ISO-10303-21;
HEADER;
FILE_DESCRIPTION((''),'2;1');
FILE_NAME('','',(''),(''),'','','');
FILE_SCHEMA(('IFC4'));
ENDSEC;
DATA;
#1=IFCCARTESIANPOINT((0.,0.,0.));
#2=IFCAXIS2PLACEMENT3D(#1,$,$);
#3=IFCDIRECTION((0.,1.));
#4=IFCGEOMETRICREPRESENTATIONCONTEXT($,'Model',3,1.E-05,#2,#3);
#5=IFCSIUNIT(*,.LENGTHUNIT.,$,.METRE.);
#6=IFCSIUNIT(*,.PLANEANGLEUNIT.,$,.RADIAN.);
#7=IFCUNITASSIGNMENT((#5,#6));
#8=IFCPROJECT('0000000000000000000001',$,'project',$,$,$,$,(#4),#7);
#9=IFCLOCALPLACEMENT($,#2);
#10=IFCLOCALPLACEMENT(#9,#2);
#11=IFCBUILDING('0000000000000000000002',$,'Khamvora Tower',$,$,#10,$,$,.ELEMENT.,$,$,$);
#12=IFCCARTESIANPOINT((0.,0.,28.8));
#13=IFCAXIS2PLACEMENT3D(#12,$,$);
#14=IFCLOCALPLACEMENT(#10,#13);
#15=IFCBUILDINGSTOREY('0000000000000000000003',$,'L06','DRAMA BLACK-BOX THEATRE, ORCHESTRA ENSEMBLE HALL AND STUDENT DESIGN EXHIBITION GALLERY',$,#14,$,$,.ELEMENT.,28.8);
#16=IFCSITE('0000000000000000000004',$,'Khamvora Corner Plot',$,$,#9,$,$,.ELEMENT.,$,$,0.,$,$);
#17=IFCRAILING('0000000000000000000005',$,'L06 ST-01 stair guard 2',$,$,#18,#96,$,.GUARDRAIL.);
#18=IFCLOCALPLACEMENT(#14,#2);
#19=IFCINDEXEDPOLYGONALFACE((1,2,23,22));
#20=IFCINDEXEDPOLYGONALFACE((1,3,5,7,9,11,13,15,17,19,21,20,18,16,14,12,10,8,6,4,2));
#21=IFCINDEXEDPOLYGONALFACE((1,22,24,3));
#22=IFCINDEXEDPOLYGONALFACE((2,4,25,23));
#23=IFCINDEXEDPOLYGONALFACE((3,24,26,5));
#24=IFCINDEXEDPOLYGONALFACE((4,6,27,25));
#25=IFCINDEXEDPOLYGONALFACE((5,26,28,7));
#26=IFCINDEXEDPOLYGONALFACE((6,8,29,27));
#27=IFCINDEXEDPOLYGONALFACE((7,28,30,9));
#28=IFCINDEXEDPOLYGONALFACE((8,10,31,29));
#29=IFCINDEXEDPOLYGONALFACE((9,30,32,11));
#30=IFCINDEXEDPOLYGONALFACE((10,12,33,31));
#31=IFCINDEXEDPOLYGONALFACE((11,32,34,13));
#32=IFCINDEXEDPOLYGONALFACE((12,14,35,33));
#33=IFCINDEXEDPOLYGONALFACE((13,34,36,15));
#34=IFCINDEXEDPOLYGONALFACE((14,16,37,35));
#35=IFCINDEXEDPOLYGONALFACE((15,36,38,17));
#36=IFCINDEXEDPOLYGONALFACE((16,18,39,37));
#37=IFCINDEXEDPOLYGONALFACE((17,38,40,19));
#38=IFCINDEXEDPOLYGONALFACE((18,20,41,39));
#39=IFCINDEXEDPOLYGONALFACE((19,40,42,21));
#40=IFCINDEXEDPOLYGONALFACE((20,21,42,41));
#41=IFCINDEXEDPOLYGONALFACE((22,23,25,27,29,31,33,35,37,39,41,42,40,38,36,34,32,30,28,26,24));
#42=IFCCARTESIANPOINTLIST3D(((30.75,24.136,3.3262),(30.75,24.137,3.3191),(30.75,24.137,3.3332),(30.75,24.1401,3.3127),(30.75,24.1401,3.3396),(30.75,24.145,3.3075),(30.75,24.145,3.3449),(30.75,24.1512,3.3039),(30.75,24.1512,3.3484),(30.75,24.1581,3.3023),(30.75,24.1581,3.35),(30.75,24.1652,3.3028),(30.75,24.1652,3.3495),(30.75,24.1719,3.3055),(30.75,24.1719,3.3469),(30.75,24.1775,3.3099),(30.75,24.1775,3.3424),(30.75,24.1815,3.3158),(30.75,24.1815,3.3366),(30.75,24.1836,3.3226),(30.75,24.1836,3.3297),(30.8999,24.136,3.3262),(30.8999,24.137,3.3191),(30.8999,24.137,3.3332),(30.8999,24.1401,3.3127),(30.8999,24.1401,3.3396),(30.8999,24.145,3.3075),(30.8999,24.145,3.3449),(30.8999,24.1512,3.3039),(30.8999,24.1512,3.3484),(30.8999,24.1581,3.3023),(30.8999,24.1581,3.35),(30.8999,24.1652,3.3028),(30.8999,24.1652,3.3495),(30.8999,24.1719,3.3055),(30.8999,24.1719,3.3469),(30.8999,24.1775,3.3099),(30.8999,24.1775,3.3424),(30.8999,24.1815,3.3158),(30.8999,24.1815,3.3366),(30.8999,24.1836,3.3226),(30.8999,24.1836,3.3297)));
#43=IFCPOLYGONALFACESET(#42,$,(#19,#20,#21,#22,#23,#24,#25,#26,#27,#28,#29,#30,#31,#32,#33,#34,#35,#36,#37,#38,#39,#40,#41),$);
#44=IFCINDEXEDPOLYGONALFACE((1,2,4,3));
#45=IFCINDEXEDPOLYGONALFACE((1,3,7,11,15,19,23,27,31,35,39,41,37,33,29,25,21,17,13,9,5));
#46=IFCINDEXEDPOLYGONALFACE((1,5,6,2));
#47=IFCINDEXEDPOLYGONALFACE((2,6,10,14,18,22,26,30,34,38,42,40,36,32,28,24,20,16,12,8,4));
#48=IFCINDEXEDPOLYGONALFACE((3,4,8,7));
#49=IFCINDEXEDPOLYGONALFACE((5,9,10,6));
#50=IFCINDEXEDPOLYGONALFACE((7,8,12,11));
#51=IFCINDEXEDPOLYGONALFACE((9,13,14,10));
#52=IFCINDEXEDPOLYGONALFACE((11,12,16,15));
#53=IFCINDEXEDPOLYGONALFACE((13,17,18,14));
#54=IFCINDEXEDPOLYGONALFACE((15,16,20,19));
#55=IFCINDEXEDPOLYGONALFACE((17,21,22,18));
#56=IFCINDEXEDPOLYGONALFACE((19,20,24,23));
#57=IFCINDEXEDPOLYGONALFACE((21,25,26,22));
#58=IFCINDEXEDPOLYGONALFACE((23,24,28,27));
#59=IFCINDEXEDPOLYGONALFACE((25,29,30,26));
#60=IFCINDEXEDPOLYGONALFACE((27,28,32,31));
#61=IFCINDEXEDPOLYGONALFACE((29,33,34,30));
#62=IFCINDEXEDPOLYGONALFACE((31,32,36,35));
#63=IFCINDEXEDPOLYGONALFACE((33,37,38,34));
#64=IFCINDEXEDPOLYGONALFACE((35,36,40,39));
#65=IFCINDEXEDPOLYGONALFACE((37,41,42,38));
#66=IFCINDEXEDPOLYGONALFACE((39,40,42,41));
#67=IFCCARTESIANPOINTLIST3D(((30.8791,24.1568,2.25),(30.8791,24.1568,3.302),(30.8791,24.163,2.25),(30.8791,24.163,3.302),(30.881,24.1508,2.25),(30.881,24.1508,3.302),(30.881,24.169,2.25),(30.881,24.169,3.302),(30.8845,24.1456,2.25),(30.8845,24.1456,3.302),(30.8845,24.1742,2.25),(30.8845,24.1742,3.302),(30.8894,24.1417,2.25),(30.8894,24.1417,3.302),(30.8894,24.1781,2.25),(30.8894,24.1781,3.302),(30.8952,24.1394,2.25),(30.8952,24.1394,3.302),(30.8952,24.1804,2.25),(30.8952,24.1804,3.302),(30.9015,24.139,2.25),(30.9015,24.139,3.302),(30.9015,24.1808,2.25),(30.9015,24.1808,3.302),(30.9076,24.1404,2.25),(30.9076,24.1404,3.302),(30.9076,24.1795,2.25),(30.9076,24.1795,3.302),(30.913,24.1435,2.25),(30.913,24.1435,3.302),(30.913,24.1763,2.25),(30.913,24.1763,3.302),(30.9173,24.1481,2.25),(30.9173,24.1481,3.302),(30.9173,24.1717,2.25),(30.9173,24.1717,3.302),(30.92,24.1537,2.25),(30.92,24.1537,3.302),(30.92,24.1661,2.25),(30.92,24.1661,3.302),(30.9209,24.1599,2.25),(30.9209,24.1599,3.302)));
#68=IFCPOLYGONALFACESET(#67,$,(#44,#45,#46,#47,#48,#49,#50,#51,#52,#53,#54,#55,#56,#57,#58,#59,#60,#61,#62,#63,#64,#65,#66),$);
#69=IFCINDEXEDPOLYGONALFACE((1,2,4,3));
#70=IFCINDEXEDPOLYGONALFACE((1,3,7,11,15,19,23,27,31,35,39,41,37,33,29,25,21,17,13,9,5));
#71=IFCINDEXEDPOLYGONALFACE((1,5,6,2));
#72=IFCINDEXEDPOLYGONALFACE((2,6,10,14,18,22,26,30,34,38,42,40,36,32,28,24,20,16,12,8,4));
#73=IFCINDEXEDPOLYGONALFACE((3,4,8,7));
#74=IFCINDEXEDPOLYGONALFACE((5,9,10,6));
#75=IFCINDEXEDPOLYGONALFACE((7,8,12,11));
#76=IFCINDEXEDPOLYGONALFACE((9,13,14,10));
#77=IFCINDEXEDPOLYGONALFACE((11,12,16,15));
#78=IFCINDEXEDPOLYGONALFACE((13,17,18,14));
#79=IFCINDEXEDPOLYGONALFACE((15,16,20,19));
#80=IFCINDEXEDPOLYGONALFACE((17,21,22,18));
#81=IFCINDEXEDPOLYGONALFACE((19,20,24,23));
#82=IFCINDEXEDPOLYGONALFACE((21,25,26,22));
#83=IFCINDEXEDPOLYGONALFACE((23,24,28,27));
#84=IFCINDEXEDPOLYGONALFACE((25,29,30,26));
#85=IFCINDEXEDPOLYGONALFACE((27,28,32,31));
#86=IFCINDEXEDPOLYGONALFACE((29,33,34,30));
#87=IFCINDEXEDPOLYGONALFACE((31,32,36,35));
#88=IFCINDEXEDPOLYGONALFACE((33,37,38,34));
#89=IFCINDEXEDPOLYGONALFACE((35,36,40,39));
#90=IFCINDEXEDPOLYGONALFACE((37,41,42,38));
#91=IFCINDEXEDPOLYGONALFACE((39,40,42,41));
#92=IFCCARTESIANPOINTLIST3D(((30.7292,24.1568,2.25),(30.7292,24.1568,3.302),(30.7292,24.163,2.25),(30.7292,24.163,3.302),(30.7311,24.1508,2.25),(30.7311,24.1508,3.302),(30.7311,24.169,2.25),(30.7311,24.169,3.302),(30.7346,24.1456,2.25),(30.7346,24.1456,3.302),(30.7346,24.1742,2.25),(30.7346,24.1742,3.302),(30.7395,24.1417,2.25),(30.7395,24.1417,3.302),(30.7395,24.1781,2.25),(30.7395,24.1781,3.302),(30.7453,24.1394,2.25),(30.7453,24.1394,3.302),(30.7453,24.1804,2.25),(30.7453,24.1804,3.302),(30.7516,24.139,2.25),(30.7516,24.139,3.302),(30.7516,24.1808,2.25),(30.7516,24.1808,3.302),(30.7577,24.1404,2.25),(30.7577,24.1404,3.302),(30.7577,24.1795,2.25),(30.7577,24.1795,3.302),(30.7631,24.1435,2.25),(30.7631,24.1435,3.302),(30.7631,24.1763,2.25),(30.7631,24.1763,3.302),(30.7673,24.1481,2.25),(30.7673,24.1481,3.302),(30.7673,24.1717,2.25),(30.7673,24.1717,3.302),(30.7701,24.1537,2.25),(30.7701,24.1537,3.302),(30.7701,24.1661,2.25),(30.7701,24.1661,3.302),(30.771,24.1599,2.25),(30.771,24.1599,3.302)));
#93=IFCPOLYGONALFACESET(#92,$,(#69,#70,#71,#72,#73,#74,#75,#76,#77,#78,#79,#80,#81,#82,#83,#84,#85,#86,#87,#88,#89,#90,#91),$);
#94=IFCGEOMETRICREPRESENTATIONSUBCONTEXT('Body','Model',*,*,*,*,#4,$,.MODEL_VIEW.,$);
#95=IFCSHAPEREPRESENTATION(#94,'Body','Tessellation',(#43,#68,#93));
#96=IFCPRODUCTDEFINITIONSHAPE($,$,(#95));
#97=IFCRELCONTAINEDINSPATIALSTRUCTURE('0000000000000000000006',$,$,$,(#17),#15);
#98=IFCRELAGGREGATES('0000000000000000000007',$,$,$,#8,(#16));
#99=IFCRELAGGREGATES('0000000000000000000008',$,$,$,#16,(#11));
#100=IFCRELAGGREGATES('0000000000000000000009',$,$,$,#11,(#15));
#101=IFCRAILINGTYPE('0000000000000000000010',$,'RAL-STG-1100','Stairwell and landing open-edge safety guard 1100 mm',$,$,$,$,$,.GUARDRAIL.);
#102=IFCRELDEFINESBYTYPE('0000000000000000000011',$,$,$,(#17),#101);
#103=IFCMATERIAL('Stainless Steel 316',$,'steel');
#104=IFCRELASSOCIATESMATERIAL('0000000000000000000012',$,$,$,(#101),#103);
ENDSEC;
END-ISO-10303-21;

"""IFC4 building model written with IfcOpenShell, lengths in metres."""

from ifc_helpers import new_model, si_unit, direction, frame, origin, origin_2d, place, context, subcontext, project, spatial, circle, extrude, material, type_object, element, save


model = new_model("IFC4")

# Units and contexts
model_context = context("Model", 3, precision=1e-05, world=origin(), true_north=direction((0.0, 1.0)))
body_context = subcontext(model_context, "Body", "Model", "MODEL_VIEW")
ifc_project = project(units=[si_unit("LENGTHUNIT", "METRE"), si_unit("PLANEANGLEUNIT", "RADIAN")], contexts=[model_context])

# Site, building, storey
site_placement = place(None, origin())
site = spatial("IfcSite", under=ifc_project, at=site_placement, Name="Khamvora Corner Plot", CompositionType="ELEMENT", RefElevation=0.0)
building_placement = place(site_placement, origin())
building = spatial("IfcBuilding", under=site, at=building_placement, Name="Khamvora Tower", CompositionType="ELEMENT")
storey_placement = place(building_placement, frame((0.0, 0.0, 28.8)))
storey = spatial("IfcBuildingStorey", under=building, at=storey_placement, Name="L06", Description="DRAMA BLACK-BOX THEATRE, ORCHESTRA ENSEMBLE HALL AND STUDENT DESIGN EXHIBITION GALLERY", CompositionType="ELEMENT", Elevation=28.8)

# Railing
ifc_material_1 = material(Name="Stainless Steel 316", Category="steel")
railing_type_1 = type_object("IfcRailingType", Name="RAL-STG-1100", Description="Stairwell and landing open-edge safety guard 1100 mm", PredefinedType="GUARDRAIL", material=ifc_material_1)
railing_1_placement = place(storey_placement, frame((30.8999, 24.1599, 2.25)))
element("IfcRailing", 1, at=railing_1_placement, inside=storey, type_object=railing_type_1, Name="L06 ST-01 stair guard 2", PredefinedType="GUARDRAIL", context=body_context, shape_type="SweptSolid", body=[
    extrude(circle(Radius=0.0239, at=origin_2d()), frame((0.0, 0.0, 1.0762), z_axis=(-1.0, 0.0, 0.0), x_axis=(0.0, -1.0, 0.0)), (0.0, 0.0, 1.0), 0.1499),
    extrude(circle(Radius=0.021, at=origin_2d()), origin(), (0.0, 0.0, 1.0), 1.052),
    extrude(circle(Radius=0.021, at=origin_2d()), frame((-0.1499, 0.0, 0.0)), (0.0, 0.0, 1.0), 1.052),
])

save(model, "model.ifc")
